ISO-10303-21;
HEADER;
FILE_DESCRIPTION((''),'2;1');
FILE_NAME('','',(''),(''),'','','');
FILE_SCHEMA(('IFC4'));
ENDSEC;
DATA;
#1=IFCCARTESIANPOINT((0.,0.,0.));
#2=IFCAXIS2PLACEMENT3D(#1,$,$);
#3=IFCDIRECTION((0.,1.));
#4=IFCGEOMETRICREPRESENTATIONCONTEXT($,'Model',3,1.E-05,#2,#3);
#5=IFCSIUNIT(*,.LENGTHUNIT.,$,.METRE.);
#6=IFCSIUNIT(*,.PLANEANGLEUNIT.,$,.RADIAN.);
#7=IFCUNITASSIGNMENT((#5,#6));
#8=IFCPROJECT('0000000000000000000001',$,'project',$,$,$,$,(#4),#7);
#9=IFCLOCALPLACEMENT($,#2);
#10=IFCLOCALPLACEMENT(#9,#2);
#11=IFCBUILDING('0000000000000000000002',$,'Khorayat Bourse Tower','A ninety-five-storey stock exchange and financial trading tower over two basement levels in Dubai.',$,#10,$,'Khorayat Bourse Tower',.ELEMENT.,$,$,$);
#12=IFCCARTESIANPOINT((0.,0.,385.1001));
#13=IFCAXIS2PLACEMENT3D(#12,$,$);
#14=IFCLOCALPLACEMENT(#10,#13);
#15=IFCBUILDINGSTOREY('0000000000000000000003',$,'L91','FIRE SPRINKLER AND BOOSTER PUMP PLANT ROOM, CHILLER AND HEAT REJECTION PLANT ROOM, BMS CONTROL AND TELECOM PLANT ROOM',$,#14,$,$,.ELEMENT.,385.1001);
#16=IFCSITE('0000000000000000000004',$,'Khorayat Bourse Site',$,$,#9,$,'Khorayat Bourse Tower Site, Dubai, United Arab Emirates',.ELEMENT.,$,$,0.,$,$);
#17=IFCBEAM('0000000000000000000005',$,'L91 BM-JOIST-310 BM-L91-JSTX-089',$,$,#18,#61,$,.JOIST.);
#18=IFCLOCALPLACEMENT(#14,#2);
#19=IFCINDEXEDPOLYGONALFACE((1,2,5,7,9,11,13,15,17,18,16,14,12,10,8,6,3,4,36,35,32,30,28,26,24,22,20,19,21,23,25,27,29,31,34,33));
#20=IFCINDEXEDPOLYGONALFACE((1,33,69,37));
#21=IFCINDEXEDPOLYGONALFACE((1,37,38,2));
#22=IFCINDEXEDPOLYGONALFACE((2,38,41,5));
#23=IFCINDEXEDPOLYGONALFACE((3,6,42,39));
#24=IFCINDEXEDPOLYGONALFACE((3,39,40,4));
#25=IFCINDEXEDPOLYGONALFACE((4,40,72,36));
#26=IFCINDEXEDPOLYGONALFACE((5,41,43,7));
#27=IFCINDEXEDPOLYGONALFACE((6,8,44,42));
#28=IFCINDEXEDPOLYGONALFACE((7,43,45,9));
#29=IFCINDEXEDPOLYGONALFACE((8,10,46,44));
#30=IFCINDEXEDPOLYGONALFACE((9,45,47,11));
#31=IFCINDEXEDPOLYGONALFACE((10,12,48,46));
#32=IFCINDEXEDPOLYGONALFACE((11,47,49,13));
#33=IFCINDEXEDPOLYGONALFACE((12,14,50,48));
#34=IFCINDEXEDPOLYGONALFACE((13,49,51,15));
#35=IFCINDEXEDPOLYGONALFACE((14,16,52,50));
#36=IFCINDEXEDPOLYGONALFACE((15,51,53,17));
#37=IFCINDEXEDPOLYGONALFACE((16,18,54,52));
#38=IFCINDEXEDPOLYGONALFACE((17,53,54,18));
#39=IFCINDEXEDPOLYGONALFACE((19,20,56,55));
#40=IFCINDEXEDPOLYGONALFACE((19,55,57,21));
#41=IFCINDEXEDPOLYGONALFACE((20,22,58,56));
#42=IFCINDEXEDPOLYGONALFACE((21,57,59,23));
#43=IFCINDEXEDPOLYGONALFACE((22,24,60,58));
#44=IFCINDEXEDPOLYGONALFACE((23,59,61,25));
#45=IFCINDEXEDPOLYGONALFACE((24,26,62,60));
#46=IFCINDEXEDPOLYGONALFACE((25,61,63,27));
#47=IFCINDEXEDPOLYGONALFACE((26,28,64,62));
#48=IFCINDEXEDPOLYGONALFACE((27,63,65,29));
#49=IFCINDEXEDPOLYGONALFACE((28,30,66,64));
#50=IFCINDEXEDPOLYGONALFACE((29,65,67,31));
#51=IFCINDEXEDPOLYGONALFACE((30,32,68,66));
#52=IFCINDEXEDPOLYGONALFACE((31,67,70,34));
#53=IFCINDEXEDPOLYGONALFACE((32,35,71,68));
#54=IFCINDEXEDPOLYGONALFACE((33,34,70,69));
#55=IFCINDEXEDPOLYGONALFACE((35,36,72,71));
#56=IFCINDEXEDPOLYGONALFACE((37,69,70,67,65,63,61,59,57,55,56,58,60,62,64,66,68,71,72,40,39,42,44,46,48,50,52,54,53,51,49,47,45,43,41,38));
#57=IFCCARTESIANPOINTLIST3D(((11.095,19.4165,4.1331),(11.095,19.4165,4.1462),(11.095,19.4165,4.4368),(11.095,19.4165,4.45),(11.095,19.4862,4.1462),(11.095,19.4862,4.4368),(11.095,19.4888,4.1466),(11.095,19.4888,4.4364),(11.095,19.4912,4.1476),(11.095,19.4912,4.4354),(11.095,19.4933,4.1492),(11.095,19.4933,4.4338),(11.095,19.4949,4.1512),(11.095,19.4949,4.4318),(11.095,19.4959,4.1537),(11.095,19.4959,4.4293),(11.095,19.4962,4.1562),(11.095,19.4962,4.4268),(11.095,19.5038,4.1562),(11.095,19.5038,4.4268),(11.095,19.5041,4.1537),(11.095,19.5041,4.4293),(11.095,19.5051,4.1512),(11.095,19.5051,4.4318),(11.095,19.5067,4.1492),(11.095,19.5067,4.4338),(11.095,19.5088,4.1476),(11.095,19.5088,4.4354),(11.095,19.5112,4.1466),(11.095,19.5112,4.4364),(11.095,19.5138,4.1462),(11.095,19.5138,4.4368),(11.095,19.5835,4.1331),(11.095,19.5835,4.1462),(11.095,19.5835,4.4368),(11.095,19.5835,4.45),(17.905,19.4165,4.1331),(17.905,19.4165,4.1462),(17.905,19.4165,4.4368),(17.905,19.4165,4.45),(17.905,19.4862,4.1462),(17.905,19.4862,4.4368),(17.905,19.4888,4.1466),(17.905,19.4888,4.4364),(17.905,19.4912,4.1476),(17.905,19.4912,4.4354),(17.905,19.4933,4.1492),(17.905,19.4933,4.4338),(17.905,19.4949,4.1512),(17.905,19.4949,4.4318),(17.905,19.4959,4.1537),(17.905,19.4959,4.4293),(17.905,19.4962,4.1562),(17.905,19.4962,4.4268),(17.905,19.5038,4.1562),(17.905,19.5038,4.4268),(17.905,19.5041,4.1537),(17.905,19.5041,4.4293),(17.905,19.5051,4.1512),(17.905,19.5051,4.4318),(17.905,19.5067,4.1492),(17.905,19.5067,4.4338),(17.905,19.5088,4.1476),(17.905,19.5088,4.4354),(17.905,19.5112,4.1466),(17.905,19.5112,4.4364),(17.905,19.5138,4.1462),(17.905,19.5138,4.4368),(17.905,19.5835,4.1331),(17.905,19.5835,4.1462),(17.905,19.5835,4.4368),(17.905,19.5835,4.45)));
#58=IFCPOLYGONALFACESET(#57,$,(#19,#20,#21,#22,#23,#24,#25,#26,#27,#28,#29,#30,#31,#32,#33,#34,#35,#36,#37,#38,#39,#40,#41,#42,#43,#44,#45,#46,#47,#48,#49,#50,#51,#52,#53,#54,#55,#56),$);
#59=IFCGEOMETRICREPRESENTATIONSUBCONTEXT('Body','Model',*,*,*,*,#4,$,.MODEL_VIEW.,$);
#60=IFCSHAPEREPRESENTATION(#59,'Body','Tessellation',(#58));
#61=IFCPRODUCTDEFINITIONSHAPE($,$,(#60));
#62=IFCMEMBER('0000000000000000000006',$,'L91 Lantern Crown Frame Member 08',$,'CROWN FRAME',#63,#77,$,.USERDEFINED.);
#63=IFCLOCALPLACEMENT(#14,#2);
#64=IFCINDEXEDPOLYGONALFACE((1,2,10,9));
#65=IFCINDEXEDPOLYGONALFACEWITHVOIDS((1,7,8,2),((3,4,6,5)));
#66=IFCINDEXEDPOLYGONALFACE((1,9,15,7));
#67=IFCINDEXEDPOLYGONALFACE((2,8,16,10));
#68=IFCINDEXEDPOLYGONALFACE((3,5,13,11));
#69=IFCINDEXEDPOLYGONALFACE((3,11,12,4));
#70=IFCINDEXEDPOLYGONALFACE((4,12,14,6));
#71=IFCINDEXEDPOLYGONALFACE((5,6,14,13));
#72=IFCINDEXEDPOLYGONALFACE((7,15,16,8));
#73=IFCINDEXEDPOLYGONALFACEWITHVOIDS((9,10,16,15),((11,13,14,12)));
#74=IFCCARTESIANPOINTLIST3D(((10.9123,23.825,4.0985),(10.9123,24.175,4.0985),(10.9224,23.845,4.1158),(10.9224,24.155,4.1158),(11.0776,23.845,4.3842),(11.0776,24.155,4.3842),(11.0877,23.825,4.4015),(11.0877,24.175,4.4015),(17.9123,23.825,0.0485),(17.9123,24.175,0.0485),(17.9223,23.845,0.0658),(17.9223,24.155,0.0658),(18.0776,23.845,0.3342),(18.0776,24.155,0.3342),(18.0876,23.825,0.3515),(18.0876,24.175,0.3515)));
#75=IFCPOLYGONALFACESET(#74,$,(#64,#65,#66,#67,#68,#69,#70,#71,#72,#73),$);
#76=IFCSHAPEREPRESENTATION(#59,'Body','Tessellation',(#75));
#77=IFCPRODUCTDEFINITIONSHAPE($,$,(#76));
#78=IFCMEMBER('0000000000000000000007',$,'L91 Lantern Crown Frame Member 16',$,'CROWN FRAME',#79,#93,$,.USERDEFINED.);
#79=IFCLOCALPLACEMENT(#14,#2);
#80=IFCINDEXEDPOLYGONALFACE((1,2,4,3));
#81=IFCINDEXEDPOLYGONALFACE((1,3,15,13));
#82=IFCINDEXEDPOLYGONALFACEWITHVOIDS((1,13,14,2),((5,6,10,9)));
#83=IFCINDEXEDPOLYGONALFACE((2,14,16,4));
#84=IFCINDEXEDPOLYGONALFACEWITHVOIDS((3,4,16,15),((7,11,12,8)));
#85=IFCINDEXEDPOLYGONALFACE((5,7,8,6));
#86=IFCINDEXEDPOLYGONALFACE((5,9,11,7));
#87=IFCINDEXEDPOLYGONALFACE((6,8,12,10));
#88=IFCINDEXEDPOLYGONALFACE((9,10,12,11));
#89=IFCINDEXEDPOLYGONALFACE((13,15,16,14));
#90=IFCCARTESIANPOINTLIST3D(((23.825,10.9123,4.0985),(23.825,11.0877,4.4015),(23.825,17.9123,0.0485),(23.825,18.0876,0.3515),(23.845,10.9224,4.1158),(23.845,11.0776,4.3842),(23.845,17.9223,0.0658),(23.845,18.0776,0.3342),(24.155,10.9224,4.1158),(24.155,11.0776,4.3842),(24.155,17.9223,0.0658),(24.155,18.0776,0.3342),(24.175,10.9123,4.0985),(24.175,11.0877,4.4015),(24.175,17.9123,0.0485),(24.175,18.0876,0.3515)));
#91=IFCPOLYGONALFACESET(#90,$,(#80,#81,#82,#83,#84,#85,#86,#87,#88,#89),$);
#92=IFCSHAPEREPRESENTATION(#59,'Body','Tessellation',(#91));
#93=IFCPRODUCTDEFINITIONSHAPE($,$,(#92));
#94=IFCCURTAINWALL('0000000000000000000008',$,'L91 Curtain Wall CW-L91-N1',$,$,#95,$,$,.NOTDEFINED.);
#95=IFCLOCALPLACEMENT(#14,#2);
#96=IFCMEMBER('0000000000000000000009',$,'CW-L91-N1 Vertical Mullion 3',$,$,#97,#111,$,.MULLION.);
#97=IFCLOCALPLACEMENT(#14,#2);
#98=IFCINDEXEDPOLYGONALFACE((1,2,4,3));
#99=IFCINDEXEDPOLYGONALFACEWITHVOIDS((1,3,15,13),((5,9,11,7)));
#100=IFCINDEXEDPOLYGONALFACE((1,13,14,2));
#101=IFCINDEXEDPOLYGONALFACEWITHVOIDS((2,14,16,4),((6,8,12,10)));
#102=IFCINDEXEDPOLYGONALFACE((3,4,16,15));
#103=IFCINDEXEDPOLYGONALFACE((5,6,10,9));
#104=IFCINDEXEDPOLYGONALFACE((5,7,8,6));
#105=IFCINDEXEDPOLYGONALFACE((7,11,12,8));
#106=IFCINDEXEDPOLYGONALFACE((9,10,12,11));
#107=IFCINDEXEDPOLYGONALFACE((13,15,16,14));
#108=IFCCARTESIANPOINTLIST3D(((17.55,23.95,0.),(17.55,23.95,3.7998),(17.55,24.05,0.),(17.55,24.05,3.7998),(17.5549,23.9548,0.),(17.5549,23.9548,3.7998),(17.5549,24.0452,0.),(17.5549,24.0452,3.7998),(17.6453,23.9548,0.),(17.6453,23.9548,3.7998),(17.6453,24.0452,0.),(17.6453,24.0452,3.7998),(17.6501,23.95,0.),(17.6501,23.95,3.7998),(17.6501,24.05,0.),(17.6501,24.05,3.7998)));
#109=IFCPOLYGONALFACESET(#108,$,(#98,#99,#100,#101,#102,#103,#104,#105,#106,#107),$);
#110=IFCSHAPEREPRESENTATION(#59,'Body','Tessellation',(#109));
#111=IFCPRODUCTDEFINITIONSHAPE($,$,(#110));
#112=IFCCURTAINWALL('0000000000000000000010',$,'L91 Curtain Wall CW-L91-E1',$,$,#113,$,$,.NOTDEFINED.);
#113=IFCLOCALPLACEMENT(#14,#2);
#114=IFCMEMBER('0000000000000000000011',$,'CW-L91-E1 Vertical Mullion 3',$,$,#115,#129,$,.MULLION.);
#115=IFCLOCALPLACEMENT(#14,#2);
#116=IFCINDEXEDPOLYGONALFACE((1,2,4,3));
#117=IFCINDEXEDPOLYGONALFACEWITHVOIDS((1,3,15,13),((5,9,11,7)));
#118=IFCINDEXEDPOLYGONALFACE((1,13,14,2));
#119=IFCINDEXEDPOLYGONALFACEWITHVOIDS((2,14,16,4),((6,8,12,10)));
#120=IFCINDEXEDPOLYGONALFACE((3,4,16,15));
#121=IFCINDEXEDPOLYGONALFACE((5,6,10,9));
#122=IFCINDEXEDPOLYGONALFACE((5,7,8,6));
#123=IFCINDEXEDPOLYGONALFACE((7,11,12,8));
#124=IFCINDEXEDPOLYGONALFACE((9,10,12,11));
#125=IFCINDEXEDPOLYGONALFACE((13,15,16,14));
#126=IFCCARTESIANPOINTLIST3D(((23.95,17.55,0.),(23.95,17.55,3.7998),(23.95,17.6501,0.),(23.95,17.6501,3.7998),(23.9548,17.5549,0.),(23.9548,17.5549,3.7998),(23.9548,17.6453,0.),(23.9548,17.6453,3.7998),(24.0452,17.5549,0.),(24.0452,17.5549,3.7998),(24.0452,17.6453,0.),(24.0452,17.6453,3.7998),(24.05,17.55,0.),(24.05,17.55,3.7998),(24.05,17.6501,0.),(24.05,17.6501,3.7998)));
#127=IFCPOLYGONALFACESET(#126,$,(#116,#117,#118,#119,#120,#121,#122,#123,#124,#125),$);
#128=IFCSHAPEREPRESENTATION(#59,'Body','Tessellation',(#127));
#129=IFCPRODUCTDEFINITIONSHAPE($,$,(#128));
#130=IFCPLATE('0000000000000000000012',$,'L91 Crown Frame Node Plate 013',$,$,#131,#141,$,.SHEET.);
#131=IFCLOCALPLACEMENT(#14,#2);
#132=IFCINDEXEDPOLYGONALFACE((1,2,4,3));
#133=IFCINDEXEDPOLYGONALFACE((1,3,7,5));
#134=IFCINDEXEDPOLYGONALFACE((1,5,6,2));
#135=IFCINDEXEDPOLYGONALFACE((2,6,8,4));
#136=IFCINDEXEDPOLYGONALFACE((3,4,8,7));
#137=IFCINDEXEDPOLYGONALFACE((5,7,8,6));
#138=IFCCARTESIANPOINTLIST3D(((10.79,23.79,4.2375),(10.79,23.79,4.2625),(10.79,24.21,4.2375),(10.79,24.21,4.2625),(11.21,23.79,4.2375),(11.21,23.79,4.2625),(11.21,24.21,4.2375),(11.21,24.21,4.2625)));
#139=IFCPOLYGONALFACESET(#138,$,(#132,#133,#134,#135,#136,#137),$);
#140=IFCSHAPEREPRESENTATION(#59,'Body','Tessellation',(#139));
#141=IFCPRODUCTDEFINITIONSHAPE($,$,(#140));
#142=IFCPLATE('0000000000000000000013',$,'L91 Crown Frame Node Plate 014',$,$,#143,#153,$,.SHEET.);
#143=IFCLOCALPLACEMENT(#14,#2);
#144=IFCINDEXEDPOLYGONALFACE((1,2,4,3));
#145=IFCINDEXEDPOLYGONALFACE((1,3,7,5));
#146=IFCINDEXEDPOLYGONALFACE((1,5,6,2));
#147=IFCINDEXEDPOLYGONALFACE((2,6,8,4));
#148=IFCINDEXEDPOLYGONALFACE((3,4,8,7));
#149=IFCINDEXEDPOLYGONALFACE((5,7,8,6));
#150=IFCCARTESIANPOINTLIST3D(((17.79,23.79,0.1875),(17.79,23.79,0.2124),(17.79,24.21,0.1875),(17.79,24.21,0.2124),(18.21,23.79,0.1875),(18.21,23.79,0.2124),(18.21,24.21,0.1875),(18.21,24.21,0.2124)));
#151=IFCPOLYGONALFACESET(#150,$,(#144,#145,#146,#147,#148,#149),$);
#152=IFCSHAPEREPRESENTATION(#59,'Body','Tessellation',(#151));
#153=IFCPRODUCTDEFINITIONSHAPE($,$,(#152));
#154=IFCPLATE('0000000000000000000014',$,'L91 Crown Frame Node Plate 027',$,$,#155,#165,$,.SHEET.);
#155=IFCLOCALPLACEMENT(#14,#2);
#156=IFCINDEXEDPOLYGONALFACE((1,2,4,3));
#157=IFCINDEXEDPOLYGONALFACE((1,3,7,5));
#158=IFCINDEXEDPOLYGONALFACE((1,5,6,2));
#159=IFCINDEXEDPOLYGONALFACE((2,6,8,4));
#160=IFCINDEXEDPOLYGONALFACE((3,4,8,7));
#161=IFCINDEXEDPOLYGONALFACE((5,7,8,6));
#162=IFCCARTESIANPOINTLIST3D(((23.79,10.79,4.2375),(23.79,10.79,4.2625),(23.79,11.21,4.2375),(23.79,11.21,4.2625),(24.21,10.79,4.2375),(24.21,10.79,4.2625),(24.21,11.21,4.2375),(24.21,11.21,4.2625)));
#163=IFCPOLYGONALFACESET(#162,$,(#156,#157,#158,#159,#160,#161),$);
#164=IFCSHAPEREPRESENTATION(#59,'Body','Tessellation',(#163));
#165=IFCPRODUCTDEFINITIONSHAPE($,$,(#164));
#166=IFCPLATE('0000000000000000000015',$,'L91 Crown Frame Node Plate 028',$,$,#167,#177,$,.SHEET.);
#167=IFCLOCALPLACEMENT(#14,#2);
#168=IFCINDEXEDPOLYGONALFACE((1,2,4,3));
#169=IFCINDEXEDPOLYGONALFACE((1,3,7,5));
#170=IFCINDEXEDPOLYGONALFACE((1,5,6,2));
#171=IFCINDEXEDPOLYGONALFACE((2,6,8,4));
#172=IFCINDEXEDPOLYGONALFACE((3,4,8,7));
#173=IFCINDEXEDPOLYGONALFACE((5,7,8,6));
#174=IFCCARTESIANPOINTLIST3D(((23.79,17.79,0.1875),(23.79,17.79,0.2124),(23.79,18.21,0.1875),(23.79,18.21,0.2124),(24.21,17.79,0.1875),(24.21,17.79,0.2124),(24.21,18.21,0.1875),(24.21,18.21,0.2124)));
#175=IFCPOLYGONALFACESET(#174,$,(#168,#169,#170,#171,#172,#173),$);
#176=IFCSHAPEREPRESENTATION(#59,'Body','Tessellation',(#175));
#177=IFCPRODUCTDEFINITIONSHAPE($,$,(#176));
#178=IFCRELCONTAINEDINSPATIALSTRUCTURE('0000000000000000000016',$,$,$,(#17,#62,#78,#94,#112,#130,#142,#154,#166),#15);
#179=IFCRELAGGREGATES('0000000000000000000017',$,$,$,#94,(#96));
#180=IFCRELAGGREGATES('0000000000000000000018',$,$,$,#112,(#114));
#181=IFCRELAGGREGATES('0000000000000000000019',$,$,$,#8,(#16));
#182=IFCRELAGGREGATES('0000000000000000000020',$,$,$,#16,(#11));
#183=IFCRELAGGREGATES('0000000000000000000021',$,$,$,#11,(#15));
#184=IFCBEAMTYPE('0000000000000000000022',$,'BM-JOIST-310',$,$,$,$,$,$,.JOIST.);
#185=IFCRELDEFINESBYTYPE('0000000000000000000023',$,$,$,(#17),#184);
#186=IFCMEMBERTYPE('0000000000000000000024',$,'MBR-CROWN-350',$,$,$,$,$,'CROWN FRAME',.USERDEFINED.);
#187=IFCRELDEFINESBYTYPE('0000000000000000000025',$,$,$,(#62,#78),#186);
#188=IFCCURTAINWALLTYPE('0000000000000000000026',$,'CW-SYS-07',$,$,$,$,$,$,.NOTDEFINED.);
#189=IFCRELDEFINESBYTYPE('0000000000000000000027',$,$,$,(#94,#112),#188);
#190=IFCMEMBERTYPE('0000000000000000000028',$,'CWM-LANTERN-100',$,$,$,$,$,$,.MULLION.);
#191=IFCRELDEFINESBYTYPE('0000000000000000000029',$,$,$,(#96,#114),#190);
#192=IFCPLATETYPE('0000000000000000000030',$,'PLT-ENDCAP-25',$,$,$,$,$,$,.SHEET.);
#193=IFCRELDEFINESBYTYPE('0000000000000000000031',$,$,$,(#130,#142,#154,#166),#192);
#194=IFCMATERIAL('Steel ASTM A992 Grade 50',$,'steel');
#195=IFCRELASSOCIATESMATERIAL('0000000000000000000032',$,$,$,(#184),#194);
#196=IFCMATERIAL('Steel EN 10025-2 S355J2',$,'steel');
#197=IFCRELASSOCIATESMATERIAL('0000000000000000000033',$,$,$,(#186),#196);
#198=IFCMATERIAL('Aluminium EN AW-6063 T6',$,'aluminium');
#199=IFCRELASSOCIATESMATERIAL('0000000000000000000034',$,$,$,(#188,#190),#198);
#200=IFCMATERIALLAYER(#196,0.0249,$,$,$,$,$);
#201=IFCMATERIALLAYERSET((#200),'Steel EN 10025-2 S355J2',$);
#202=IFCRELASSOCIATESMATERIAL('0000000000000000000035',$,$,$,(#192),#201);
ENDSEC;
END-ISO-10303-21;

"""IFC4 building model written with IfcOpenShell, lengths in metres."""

from ifc_helpers import new_model, si_unit, direction, frame, origin, origin_2d, place, context, subcontext, project, spatial, rectangle, hollow_rectangle, i_section, extrude, source, transform, mapped, material, layer, layer_set, material_profile, profile_set, type_object, element, aggregate, save


model = new_model("IFC4")

# Units and contexts
model_context = context("Model", 3, precision=1e-05, world=origin(), true_north=direction((0.0, 1.0)))
body_context = subcontext(model_context, "Body", "Model", "MODEL_VIEW")
ifc_project = project(units=[si_unit("LENGTHUNIT", "METRE"), si_unit("PLANEANGLEUNIT", "RADIAN")], contexts=[model_context])

# Site, building, storey
site_placement = place(None, origin())
site = spatial("IfcSite", under=ifc_project, at=site_placement, Name="Khorayat Bourse Site", LongName="Khorayat Bourse Tower Site, Dubai, United Arab Emirates", CompositionType="ELEMENT", RefElevation=0.0)
building_placement = place(site_placement, origin())
building = spatial("IfcBuilding", under=site, at=building_placement, Name="Khorayat Bourse Tower", Description="A ninety-five-storey stock exchange and financial trading tower over two basement levels in Dubai.", LongName="Khorayat Bourse Tower", CompositionType="ELEMENT")
storey_placement = place(building_placement, frame((0.0, 0.0, 385.1001)))
storey = spatial("IfcBuildingStorey", under=building, at=storey_placement, Name="L91", Description="FIRE SPRINKLER AND BOOSTER PUMP PLANT ROOM, CHILLER AND HEAT REJECTION PLANT ROOM, BMS CONTROL AND TELECOM PLANT ROOM", CompositionType="ELEMENT", Elevation=385.1001)

# Shared definitions
ifc_material_1 = material(Name="Steel EN 10025-2 S355J2", Category="steel")

# Beam
ifc_material_2 = material(Name="Steel ASTM A992 Grade 50", Category="steel")
ifc_material_profile_1 = material_profile(ifc_material_2, i_section(OverallWidth=0.167, OverallDepth=0.3169, WebThickness=0.0076, FlangeThickness=0.0132, FilletRadius=0.01, at=origin_2d()), Name="W310X52")
ifc_profile_set_1 = profile_set([ifc_material_profile_1], Name="Steel ASTM A992 Grade 50")
beam_type_1 = type_object("IfcBeamType", Name="BM-JOIST-310", PredefinedType="JOIST", material=ifc_profile_set_1)
shared_shape_1 = source(origin(), body_context, "Body", "SweptSolid", [
    extrude(i_section(OverallWidth=0.167, OverallDepth=0.3169, WebThickness=0.0076, FlangeThickness=0.0132, FilletRadius=0.01, at=origin_2d()), origin(), (0.0, 0.0, 1.0), 6.8101),
])
beam_placement = place(storey_placement, frame((11.095, 19.5, 4.2915), z_axis=(1.0, 0.0, 0.0), x_axis=(0.0, 1.0, 0.0)))
element("IfcBeam", 1, at=beam_placement, inside=storey, type_object=beam_type_1, Name="L91 BM-JOIST-310 BM-L91-JSTX-089", PredefinedType="JOIST", context=body_context, shape_type="MappedRepresentation", body=[
    mapped(shared_shape_1, transform((0.0, 0.0, 0.0), scale=1.0)),
])

# Members
ifc_material_profile_2 = material_profile(ifc_material_1, hollow_rectangle(XDim=0.3501, YDim=0.3501, WallThickness=0.02, at=origin_2d()), Name="HSS 350x350x20")
ifc_profile_set_2 = profile_set([ifc_material_profile_2], Name="Steel EN 10025-2 S355J2")
member_type_1 = type_object("IfcMemberType", Name="MBR-CROWN-350", ElementType="CROWN FRAME", PredefinedType="USERDEFINED", material=ifc_profile_set_2)
shared_shape_2 = source(origin(), body_context, "Body", "SweptSolid", [
    extrude(hollow_rectangle(XDim=0.3501, YDim=0.3501, WallThickness=0.02, at=origin_2d()), origin(), (0.0, 0.0, 1.0), 8.0872),
])
for number, where, z_axis, x_axis, name in (
    (2, (11.0, 24.0, 4.25), (0.865565, 0.0, -0.500797), (0.0, 1.0, 0.0), "L91 Lantern Crown Frame Member 08"),
    (3, (24.0, 11.0, 4.25), (0.0, 0.865565, -0.500797), (-1.0, 0.0, 0.0), "L91 Lantern Crown Frame Member 16"),
):
    element("IfcMember", number, at=place(storey_placement, frame(where, z_axis=z_axis, x_axis=x_axis)), inside=storey, type_object=member_type_1, Name=name, ObjectType="CROWN FRAME", PredefinedType="USERDEFINED", context=body_context, shape_type="MappedRepresentation", body=[
        mapped(shared_shape_2, transform((0.0, 0.0, 0.0), scale=1.0)),
    ])

# Curtain walls, members
ifc_material_3 = material(Name="Aluminium EN AW-6063 T6", Category="aluminium")
curtain_wall_type = type_object("IfcCurtainWallType", Name="CW-SYS-07", PredefinedType="NOTDEFINED", material=ifc_material_3)
curtain_wall_1_placement = place(storey_placement, origin())
curtain_wall_1 = element("IfcCurtainWall", 4, at=curtain_wall_1_placement, inside=storey, type_object=curtain_wall_type, Name="L91 Curtain Wall CW-L91-N1", PredefinedType="NOTDEFINED")
ifc_material_profile_3 = material_profile(ifc_material_3, hollow_rectangle(XDim=0.1001, YDim=0.1001, WallThickness=0.0049, at=origin_2d()), Name="ALU 100x100x5")
ifc_profile_set_3 = profile_set([ifc_material_profile_3], Name="Aluminium EN AW-6063 T6")
member_type_2 = type_object("IfcMemberType", Name="CWM-LANTERN-100", PredefinedType="MULLION", material=ifc_profile_set_3)
shared_shape_3 = source(origin(), body_context, "Body", "SweptSolid", [
    extrude(hollow_rectangle(XDim=0.1001, YDim=0.1001, WallThickness=0.0049, at=origin_2d()), origin(), (0.0, 0.0, 1.0), 3.7998),
])
member_1_placement = place(storey_placement, frame((17.6001, 24.0, 0.0), z_axis=(0.0, 0.0, 1.0), x_axis=(0.0, 1.0, 0.0)))
member_1 = element("IfcMember", 5, at=member_1_placement, type_object=member_type_2, Name="CW-L91-N1 Vertical Mullion 3", PredefinedType="MULLION", context=body_context, shape_type="MappedRepresentation", body=[
    mapped(shared_shape_3, transform((0.0, 0.0, 0.0), scale=1.0)),
])
aggregate(curtain_wall_1, [member_1])
curtain_wall_2_placement = place(storey_placement, origin())
curtain_wall_2 = element("IfcCurtainWall", 6, at=curtain_wall_2_placement, inside=storey, type_object=curtain_wall_type, Name="L91 Curtain Wall CW-L91-E1", PredefinedType="NOTDEFINED")
member_2_placement = place(storey_placement, frame((24.0, 17.6001, 0.0), z_axis=(0.0, 0.0, 1.0), x_axis=(-1.0, 0.0, 0.0)))
member_2 = element("IfcMember", 7, at=member_2_placement, type_object=member_type_2, Name="CW-L91-E1 Vertical Mullion 3", PredefinedType="MULLION", context=body_context, shape_type="MappedRepresentation", body=[
    mapped(shared_shape_3, transform((0.0, 0.0, 0.0), scale=1.0)),
])
aggregate(curtain_wall_2, [member_2])

# Plates
ifc_layer_1 = layer(ifc_material_1, 0.0249)
ifc_layer_set_1 = layer_set([ifc_layer_1], Name="Steel EN 10025-2 S355J2")
plate_type = type_object("IfcPlateType", Name="PLT-ENDCAP-25", PredefinedType="SHEET", material=ifc_layer_set_1)
shared_shape_4 = source(origin(), body_context, "Body", "SweptSolid", [
    extrude(rectangle(XDim=0.4199, YDim=0.4199, at=origin_2d()), origin(), (0.0, 0.0, 1.0), 0.0249),
])
for number, where, z_axis, x_axis, name in (
    (8, (11.0, 24.0, 4.2375), (0.0, 0.0, 1.0), (1.0, 0.0, 0.0), "L91 Crown Frame Node Plate 013"),
    (9, (18.0, 24.0, 0.1875), (0.0, 0.0, 1.0), (1.0, 0.0, 0.0), "L91 Crown Frame Node Plate 014"),
    (10, (24.0, 11.0, 4.2375), (0.0, 0.0, 1.0), (1.0, 0.0, 0.0), "L91 Crown Frame Node Plate 027"),
    (11, (24.0, 18.0, 0.1875), (0.0, 0.0, 1.0), (1.0, 0.0, 0.0), "L91 Crown Frame Node Plate 028"),
):
    element("IfcPlate", number, at=place(storey_placement, frame(where, z_axis=z_axis, x_axis=x_axis)), inside=storey, type_object=plate_type, Name=name, PredefinedType="SHEET", context=body_context, shape_type="MappedRepresentation", body=[
        mapped(shared_shape_4, transform((0.0, 0.0, 0.0), scale=1.0)),
    ])

save(model, "model.ifc")
